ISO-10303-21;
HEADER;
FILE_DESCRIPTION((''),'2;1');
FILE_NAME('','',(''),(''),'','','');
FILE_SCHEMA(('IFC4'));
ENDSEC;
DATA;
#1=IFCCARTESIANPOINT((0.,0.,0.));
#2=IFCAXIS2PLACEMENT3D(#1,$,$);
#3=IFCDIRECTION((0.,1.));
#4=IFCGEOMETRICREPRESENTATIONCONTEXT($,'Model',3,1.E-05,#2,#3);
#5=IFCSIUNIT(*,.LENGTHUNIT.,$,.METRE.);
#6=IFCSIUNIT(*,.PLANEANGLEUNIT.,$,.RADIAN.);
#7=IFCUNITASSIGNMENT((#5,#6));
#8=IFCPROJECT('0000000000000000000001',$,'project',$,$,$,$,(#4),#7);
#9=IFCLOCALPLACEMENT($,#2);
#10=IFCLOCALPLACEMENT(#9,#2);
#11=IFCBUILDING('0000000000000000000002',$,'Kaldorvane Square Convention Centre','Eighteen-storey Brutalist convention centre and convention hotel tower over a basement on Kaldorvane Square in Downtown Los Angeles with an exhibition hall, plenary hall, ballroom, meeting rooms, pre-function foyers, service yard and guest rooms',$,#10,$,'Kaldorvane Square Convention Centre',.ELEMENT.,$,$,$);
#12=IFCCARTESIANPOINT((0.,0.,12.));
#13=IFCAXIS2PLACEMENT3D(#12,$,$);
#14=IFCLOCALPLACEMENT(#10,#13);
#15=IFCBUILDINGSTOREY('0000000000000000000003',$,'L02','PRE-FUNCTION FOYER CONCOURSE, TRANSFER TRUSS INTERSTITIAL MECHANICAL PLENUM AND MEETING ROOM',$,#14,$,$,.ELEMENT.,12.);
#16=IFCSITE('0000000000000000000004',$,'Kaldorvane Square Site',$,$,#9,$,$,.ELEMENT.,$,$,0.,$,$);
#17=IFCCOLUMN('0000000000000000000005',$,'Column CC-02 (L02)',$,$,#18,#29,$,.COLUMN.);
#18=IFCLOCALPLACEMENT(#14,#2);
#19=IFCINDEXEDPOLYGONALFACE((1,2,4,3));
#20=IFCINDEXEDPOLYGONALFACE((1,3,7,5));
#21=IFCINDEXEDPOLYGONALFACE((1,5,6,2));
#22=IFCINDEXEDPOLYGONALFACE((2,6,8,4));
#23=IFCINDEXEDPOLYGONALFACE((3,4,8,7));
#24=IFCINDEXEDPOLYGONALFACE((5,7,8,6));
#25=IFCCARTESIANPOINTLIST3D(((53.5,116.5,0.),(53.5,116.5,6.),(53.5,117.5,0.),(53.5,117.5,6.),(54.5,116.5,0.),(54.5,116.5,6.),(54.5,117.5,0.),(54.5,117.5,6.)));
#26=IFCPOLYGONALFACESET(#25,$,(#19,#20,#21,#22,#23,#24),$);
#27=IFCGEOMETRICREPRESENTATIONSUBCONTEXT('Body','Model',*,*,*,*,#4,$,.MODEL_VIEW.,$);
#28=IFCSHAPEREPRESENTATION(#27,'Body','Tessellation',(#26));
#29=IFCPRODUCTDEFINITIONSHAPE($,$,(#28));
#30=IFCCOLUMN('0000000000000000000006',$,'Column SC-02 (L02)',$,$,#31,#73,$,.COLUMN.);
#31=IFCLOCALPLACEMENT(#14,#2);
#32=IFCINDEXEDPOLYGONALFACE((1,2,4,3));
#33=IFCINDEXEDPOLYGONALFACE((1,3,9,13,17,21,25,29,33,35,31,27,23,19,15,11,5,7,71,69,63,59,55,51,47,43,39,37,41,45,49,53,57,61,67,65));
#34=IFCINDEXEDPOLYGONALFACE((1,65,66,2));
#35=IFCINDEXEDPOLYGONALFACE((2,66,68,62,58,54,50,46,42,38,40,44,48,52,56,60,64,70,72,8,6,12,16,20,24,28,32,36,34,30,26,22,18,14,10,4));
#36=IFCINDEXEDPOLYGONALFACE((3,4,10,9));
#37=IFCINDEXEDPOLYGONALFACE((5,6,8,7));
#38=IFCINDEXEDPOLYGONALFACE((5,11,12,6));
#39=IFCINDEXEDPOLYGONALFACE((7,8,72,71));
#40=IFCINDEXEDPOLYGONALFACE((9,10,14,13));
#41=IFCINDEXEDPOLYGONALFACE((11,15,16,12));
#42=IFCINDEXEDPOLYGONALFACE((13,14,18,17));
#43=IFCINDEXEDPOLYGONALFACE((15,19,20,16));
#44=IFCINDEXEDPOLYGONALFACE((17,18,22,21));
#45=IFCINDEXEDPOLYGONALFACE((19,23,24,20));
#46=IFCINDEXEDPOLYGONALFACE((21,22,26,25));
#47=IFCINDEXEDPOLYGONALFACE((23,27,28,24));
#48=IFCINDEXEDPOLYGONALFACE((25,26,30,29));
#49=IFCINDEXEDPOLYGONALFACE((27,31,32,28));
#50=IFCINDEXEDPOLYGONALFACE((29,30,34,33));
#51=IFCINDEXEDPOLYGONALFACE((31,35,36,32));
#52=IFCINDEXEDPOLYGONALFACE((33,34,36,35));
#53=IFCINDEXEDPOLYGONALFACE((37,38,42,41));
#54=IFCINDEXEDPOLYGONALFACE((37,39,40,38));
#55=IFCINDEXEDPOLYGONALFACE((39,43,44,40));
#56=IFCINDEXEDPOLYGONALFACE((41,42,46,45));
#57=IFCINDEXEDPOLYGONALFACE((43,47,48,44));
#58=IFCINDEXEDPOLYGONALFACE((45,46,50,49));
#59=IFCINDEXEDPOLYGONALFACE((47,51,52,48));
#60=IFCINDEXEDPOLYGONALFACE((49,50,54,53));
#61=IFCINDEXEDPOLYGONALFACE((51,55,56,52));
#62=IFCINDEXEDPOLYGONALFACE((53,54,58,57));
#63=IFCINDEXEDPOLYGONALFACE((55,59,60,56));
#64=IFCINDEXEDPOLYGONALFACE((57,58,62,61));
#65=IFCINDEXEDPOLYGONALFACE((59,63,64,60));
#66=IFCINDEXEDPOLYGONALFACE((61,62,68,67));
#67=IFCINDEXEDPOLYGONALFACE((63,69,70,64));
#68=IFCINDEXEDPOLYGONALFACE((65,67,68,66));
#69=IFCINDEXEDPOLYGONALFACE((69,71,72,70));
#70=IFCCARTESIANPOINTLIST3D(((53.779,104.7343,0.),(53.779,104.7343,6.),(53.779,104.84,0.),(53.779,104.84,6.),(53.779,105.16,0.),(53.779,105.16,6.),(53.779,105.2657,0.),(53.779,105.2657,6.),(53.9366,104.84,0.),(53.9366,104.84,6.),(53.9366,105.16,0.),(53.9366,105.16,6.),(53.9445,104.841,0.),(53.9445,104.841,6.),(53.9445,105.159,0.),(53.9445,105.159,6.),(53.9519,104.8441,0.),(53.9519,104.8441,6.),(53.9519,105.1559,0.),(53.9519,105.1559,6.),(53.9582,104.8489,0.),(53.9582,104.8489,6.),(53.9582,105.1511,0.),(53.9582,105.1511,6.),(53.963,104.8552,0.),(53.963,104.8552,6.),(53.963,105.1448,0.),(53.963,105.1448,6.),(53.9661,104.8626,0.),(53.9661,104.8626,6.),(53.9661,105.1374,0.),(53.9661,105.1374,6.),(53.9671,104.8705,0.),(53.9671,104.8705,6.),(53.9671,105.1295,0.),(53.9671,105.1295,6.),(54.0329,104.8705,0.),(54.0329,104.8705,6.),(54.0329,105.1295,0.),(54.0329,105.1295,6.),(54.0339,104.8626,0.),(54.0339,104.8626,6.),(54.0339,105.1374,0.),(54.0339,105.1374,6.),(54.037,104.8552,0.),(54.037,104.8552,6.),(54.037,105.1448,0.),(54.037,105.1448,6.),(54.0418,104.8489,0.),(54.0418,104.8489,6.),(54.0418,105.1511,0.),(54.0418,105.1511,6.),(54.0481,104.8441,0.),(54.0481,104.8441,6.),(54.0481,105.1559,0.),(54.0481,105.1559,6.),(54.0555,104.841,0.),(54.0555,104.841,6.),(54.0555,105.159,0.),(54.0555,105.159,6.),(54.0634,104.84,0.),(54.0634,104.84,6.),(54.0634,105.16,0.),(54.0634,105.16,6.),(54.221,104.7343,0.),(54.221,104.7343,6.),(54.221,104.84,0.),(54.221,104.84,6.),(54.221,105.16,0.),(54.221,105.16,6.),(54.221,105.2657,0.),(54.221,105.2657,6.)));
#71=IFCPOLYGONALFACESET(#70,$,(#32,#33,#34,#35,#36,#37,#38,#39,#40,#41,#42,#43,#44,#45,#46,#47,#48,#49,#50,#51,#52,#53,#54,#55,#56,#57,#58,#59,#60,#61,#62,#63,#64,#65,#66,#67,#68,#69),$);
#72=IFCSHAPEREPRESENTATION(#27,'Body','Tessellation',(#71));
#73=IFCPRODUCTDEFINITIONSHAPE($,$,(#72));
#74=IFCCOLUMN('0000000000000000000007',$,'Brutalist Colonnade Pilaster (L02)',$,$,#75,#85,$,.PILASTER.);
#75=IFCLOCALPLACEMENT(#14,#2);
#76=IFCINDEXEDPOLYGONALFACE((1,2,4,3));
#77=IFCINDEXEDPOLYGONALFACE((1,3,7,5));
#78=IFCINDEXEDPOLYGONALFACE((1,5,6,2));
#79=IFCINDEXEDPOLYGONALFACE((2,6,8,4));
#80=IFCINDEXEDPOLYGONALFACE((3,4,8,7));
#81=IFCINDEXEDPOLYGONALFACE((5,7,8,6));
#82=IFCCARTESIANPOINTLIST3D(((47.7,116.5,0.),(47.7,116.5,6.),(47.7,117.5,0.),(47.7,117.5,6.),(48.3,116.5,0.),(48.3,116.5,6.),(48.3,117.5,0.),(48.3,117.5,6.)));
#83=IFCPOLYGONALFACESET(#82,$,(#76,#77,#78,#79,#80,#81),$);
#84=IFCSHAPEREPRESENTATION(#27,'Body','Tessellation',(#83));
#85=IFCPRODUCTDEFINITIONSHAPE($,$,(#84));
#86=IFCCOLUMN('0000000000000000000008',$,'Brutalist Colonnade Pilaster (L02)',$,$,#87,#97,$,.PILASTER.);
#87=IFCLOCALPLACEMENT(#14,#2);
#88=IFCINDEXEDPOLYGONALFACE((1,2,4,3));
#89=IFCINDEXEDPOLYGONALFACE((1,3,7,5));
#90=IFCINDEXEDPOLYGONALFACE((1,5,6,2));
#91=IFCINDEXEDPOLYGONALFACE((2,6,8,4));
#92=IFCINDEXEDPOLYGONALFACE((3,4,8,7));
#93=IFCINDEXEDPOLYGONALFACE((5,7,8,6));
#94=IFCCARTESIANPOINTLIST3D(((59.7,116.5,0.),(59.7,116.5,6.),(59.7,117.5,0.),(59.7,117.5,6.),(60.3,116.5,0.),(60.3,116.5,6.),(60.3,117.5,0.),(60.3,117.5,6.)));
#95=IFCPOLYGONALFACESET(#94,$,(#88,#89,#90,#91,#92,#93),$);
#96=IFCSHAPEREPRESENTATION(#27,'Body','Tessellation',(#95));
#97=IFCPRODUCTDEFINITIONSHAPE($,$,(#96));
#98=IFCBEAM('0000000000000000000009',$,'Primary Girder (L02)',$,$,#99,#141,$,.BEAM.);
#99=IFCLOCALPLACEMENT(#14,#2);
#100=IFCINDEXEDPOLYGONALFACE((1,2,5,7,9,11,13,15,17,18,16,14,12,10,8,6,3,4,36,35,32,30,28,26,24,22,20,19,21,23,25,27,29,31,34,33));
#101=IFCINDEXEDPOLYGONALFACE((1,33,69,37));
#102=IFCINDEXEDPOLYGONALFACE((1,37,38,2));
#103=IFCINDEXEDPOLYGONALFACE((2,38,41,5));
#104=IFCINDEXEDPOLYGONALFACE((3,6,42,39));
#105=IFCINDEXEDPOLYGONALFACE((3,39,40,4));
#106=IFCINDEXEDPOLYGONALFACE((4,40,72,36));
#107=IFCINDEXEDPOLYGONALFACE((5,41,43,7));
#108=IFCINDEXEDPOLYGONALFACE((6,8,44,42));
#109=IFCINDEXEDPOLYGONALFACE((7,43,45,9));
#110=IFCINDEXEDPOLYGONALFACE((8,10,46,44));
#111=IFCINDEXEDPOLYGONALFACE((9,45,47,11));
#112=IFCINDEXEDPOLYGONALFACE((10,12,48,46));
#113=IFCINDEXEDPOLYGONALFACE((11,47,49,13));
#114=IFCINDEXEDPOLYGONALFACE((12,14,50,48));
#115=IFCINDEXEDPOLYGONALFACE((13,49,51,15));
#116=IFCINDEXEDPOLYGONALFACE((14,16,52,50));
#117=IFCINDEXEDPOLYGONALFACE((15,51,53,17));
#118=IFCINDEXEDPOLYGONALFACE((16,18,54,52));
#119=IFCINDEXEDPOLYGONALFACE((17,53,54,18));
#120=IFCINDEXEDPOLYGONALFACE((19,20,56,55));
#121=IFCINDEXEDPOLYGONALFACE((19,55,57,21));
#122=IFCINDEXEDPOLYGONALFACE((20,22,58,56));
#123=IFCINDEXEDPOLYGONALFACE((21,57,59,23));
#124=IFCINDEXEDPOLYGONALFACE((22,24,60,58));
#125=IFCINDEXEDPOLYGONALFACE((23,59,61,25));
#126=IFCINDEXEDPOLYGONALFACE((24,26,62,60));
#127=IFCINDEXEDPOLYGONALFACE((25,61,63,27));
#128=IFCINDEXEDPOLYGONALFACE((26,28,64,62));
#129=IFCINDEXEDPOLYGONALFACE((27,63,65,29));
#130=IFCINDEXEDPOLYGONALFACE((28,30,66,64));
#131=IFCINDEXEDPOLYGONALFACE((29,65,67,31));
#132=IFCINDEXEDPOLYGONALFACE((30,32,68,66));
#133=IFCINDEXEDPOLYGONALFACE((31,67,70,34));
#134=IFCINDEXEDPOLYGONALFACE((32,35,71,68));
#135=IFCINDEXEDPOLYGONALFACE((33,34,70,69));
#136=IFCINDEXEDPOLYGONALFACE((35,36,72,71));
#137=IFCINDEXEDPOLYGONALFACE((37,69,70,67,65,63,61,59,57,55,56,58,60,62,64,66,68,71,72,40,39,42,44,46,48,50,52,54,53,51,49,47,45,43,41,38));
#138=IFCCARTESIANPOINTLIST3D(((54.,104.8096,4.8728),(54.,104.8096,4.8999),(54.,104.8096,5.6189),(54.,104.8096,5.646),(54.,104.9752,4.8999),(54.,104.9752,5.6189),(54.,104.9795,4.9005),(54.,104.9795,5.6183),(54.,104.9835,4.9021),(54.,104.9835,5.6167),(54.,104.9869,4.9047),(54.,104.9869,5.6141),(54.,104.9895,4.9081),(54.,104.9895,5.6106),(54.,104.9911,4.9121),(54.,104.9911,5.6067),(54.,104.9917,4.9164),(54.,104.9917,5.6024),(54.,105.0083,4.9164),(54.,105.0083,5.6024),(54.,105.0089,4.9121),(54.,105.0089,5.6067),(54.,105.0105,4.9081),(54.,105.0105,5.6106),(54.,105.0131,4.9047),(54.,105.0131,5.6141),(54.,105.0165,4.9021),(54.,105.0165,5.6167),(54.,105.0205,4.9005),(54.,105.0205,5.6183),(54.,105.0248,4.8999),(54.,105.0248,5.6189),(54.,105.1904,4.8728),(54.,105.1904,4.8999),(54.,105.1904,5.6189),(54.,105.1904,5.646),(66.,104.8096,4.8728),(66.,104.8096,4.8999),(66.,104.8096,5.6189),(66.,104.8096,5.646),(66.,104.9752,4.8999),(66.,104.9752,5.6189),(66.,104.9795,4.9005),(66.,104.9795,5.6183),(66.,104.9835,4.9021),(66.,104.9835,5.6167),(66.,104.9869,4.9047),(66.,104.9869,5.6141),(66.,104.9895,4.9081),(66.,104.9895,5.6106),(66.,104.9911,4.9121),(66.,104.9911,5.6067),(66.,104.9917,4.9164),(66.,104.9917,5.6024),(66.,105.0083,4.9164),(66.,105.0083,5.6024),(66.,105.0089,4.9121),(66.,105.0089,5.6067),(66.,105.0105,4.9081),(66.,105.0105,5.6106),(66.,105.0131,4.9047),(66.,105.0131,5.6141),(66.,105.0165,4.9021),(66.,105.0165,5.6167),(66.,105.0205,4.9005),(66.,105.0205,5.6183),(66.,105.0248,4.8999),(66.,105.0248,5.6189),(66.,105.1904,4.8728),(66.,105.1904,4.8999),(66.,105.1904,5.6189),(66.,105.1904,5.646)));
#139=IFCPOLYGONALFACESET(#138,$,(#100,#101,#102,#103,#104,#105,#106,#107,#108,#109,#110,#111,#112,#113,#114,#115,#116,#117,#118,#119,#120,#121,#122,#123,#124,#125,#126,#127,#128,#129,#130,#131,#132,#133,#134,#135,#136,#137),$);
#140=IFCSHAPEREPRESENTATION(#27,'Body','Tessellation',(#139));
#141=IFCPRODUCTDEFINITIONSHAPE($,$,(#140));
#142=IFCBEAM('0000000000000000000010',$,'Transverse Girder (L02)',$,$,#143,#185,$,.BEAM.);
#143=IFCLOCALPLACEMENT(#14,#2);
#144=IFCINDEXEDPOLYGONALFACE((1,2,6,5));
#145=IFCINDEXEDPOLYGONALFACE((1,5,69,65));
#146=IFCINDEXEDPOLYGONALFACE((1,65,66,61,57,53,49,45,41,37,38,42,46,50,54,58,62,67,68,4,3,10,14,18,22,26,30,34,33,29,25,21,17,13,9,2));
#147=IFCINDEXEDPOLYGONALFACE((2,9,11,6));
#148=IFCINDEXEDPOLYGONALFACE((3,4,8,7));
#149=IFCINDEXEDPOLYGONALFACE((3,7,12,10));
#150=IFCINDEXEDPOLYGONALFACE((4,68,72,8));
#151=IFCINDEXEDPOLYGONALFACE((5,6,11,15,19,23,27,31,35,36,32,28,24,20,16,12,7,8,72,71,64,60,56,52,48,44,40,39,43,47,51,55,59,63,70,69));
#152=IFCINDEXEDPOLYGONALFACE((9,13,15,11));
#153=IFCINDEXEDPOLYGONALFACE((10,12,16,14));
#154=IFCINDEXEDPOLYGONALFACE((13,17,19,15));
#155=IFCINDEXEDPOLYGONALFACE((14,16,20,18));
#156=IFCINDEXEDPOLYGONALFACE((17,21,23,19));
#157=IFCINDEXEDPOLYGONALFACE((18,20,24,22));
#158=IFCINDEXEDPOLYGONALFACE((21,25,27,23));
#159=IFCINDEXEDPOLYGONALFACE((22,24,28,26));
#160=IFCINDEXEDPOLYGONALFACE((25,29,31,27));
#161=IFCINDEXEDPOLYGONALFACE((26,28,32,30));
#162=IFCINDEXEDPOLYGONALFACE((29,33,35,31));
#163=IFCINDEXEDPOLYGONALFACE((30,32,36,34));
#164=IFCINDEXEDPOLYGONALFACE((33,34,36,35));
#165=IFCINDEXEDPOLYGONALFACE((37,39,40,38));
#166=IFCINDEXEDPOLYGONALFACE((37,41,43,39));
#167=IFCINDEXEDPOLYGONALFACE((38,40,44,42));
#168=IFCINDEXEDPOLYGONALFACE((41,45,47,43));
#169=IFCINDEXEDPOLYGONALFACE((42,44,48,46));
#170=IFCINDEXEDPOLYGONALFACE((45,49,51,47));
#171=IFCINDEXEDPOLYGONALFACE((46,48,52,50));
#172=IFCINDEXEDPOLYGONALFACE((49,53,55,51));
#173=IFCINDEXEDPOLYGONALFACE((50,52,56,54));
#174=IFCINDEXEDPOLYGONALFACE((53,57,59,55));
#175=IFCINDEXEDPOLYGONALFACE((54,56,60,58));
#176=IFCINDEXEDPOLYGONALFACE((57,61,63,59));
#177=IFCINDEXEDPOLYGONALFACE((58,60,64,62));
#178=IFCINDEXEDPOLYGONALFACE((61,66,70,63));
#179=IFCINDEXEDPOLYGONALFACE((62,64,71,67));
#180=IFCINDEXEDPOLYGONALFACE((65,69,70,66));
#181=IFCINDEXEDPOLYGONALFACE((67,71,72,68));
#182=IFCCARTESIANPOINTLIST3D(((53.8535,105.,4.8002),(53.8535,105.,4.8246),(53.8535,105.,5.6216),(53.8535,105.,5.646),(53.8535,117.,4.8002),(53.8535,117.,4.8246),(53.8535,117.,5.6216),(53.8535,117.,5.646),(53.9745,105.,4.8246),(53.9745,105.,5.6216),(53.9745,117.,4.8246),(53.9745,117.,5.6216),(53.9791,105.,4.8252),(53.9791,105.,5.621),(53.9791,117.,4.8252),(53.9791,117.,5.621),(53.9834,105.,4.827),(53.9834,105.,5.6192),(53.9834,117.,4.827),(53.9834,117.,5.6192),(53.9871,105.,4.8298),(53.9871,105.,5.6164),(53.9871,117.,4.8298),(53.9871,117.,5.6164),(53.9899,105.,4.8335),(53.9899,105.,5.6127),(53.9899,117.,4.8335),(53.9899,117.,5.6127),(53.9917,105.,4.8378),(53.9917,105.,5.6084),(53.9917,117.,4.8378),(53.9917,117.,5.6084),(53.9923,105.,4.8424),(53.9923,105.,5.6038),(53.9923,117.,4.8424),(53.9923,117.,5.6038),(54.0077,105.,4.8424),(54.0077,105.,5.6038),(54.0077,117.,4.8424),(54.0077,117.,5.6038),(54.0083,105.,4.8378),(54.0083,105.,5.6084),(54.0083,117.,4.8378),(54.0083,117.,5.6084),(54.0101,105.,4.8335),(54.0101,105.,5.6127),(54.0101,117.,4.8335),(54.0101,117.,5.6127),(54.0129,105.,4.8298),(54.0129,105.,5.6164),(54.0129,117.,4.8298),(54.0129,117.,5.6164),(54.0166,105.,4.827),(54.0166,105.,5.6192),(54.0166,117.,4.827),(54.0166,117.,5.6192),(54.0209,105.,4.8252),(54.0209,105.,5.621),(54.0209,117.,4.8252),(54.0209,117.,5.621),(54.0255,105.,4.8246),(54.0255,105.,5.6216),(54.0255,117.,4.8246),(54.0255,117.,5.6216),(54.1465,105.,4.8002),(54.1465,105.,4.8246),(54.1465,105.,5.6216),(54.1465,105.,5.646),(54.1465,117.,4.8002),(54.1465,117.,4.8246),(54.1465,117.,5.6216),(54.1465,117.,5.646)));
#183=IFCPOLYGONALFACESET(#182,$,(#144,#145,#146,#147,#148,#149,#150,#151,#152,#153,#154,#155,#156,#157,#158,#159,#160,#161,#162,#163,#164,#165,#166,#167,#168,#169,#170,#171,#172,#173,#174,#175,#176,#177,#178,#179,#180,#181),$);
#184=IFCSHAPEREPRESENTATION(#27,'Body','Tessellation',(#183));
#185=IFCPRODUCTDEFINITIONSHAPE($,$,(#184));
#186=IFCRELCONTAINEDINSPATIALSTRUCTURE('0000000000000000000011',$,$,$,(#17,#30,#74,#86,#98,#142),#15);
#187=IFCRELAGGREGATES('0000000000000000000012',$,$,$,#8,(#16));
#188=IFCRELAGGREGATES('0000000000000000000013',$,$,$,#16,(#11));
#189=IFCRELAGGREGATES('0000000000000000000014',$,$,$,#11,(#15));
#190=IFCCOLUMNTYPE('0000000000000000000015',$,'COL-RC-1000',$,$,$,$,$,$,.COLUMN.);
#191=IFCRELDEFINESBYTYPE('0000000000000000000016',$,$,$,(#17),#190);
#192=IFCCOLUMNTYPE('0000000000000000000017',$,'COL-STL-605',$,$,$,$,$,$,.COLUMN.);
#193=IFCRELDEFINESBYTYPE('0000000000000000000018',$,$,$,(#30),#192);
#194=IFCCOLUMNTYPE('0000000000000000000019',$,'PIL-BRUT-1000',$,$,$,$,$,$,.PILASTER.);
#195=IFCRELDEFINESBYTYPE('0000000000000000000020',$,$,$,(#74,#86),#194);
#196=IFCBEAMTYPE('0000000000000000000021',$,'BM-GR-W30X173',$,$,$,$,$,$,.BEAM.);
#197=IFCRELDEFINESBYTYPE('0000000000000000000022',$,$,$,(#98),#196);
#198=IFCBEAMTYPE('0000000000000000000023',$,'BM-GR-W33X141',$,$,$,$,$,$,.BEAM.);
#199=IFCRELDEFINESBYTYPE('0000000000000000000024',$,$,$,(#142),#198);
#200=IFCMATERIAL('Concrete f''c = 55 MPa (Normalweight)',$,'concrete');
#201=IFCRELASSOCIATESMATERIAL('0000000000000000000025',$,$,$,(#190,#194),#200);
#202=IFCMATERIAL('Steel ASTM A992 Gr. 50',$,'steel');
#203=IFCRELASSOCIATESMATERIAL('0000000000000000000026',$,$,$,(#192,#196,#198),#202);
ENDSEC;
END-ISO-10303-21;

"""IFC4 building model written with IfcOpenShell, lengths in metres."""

from ifc_helpers import new_model, si_unit, direction, frame, origin, origin_2d, place, context, subcontext, project, spatial, rectangle, i_section, extrude, material, material_profile, profile_set, type_object, element, save


model = new_model("IFC4")

# Units and contexts
model_context = context("Model", 3, precision=1e-05, world=origin(), true_north=direction((0.0, 1.0)))
body_context = subcontext(model_context, "Body", "Model", "MODEL_VIEW")
ifc_project = project(units=[si_unit("LENGTHUNIT", "METRE"), si_unit("PLANEANGLEUNIT", "RADIAN")], contexts=[model_context])

# Site, building, storey
site_placement = place(None, origin())
site = spatial("IfcSite", under=ifc_project, at=site_placement, Name="Kaldorvane Square Site", CompositionType="ELEMENT", RefElevation=0.0)
building_placement = place(site_placement, origin())
building = spatial("IfcBuilding", under=site, at=building_placement, Name="Kaldorvane Square Convention Centre", Description="Eighteen-storey Brutalist convention centre and convention hotel tower over a basement on Kaldorvane Square in Downtown Los Angeles with an exhibition hall, plenary hall, ballroom, meeting rooms, pre-function foyers, service yard and guest rooms", LongName="Kaldorvane Square Convention Centre", CompositionType="ELEMENT")
storey_placement = place(building_placement, frame((0.0, 0.0, 12.0)))
storey = spatial("IfcBuildingStorey", under=building, at=storey_placement, Name="L02", Description="PRE-FUNCTION FOYER CONCOURSE, TRANSFER TRUSS INTERSTITIAL MECHANICAL PLENUM AND MEETING ROOM", CompositionType="ELEMENT", Elevation=12.0)

# Columns
ifc_material_1 = material(Name="Concrete f'c = 55 MPa (Normalweight)", Category="concrete")
ifc_material_profile_1 = material_profile(ifc_material_1, rectangle(XDim=1.0, YDim=1.0, at=origin_2d()), Name="RC1000X1000")
ifc_profile_set_1 = profile_set([ifc_material_profile_1], Name="Concrete f'c = 55 MPa (Normalweight)")
column_type_1 = type_object("IfcColumnType", Name="COL-RC-1000", PredefinedType="COLUMN", material=ifc_profile_set_1)
column_1_placement = place(storey_placement, frame((54.0, 117.0, 0.0), z_axis=(0.0, 0.0, 1.0), x_axis=(1.0, 0.0, 0.0)))
element("IfcColumn", 1, at=column_1_placement, inside=storey, type_object=column_type_1, Name="Column CC-02 (L02)", PredefinedType="COLUMN", context=body_context, shape_type="SweptSolid", body=[
    extrude(rectangle(XDim=1.0, YDim=1.0, at=origin_2d()), origin(), (0.0, 0.0, 1.0), 6.0),
])
ifc_material_2 = material(Name="Steel ASTM A992 Gr. 50", Category="steel")
ifc_material_profile_2 = material_profile(ifc_material_2, i_section(OverallWidth=0.442, OverallDepth=0.5314, WebThickness=0.0658, FlangeThickness=0.1057, FilletRadius=0.0305, at=origin_2d()), Name="W14X605")
ifc_profile_set_2 = profile_set([ifc_material_profile_2], Name="Steel ASTM A992 Gr. 50")
column_type_2 = type_object("IfcColumnType", Name="COL-STL-605", PredefinedType="COLUMN", material=ifc_profile_set_2)
column_2_placement = place(storey_placement, frame((54.0, 105.0, 0.0), z_axis=(0.0, 0.0, 1.0), x_axis=(1.0, 0.0, 0.0)))
element("IfcColumn", 2, at=column_2_placement, inside=storey, type_object=column_type_2, Name="Column SC-02 (L02)", PredefinedType="COLUMN", context=body_context, shape_type="SweptSolid", body=[
    extrude(i_section(OverallWidth=0.442, OverallDepth=0.5314, WebThickness=0.0658, FlangeThickness=0.1057, FilletRadius=0.0305, at=origin_2d()), origin(), (0.0, 0.0, 1.0), 6.0),
])
ifc_material_profile_3 = material_profile(ifc_material_1, rectangle(XDim=0.6, YDim=1.0, at=origin_2d()), Name="PIL1000X600")
ifc_profile_set_3 = profile_set([ifc_material_profile_3], Name="Concrete f'c = 55 MPa (Normalweight)")
column_type_3 = type_object("IfcColumnType", Name="PIL-BRUT-1000", PredefinedType="PILASTER", material=ifc_profile_set_3)
for number, where, z_axis, x_axis, name in (
    (3, (48.0, 117.0, 0.0), (0.0, 0.0, 1.0), (1.0, 0.0, 0.0), "Brutalist Colonnade Pilaster (L02)"),
    (4, (60.0, 117.0, 0.0), (0.0, 0.0, 1.0), (1.0, 0.0, 0.0), "Brutalist Colonnade Pilaster (L02)"),
):
    element("IfcColumn", number, at=place(storey_placement, frame(where, z_axis=z_axis, x_axis=x_axis)), inside=storey, type_object=column_type_3, Name=name, PredefinedType="PILASTER", context=body_context, shape_type="SweptSolid", body=[
        extrude(rectangle(XDim=0.6, YDim=1.0, at=origin_2d()), origin(), (0.0, 0.0, 1.0), 6.0),
    ])

# Beams
ifc_material_profile_4 = material_profile(ifc_material_2, i_section(OverallWidth=0.3807, OverallDepth=0.7732, WebThickness=0.0166, FlangeThickness=0.0271, FilletRadius=0.0165, at=origin_2d()), Name="W30X173")
ifc_profile_set_4 = profile_set([ifc_material_profile_4], Name="Steel ASTM A992 Gr. 50")
beam_type_1 = type_object("IfcBeamType", Name="BM-GR-W30X173", PredefinedType="BEAM", material=ifc_profile_set_4)
beam_1_placement = place(storey_placement, frame((54.0, 105.0, 5.2594), z_axis=(1.0, 0.0, 0.0), x_axis=(0.0, 1.0, 0.0)))
element("IfcBeam", 5, at=beam_1_placement, inside=storey, type_object=beam_type_1, Name="Primary Girder (L02)", PredefinedType="BEAM", context=body_context, shape_type="SweptSolid", body=[
    extrude(i_section(OverallWidth=0.3807, OverallDepth=0.7732, WebThickness=0.0166, FlangeThickness=0.0271, FilletRadius=0.0165, at=origin_2d()), origin(), (0.0, 0.0, 1.0), 12.0),
])
ifc_material_profile_5 = material_profile(ifc_material_2, i_section(OverallWidth=0.293, OverallDepth=0.8458, WebThickness=0.0154, FlangeThickness=0.0244, FilletRadius=0.0178, at=origin_2d()), Name="W33X141")
ifc_profile_set_5 = profile_set([ifc_material_profile_5], Name="Steel ASTM A992 Gr. 50")
beam_type_2 = type_object("IfcBeamType", Name="BM-GR-W33X141", PredefinedType="BEAM", material=ifc_profile_set_5)
beam_2_placement = place(storey_placement, frame((54.0, 105.0, 5.2231), z_axis=(0.0, 1.0, 0.0), x_axis=(-1.0, 0.0, 0.0)))
element("IfcBeam", 6, at=beam_2_placement, inside=storey, type_object=beam_type_2, Name="Transverse Girder (L02)", PredefinedType="BEAM", context=body_context, shape_type="SweptSolid", body=[
    extrude(i_section(OverallWidth=0.293, OverallDepth=0.8458, WebThickness=0.0154, FlangeThickness=0.0244, FilletRadius=0.0178, at=origin_2d()), origin(), (0.0, 0.0, 1.0), 12.0),
])

save(model, "model.ifc")
